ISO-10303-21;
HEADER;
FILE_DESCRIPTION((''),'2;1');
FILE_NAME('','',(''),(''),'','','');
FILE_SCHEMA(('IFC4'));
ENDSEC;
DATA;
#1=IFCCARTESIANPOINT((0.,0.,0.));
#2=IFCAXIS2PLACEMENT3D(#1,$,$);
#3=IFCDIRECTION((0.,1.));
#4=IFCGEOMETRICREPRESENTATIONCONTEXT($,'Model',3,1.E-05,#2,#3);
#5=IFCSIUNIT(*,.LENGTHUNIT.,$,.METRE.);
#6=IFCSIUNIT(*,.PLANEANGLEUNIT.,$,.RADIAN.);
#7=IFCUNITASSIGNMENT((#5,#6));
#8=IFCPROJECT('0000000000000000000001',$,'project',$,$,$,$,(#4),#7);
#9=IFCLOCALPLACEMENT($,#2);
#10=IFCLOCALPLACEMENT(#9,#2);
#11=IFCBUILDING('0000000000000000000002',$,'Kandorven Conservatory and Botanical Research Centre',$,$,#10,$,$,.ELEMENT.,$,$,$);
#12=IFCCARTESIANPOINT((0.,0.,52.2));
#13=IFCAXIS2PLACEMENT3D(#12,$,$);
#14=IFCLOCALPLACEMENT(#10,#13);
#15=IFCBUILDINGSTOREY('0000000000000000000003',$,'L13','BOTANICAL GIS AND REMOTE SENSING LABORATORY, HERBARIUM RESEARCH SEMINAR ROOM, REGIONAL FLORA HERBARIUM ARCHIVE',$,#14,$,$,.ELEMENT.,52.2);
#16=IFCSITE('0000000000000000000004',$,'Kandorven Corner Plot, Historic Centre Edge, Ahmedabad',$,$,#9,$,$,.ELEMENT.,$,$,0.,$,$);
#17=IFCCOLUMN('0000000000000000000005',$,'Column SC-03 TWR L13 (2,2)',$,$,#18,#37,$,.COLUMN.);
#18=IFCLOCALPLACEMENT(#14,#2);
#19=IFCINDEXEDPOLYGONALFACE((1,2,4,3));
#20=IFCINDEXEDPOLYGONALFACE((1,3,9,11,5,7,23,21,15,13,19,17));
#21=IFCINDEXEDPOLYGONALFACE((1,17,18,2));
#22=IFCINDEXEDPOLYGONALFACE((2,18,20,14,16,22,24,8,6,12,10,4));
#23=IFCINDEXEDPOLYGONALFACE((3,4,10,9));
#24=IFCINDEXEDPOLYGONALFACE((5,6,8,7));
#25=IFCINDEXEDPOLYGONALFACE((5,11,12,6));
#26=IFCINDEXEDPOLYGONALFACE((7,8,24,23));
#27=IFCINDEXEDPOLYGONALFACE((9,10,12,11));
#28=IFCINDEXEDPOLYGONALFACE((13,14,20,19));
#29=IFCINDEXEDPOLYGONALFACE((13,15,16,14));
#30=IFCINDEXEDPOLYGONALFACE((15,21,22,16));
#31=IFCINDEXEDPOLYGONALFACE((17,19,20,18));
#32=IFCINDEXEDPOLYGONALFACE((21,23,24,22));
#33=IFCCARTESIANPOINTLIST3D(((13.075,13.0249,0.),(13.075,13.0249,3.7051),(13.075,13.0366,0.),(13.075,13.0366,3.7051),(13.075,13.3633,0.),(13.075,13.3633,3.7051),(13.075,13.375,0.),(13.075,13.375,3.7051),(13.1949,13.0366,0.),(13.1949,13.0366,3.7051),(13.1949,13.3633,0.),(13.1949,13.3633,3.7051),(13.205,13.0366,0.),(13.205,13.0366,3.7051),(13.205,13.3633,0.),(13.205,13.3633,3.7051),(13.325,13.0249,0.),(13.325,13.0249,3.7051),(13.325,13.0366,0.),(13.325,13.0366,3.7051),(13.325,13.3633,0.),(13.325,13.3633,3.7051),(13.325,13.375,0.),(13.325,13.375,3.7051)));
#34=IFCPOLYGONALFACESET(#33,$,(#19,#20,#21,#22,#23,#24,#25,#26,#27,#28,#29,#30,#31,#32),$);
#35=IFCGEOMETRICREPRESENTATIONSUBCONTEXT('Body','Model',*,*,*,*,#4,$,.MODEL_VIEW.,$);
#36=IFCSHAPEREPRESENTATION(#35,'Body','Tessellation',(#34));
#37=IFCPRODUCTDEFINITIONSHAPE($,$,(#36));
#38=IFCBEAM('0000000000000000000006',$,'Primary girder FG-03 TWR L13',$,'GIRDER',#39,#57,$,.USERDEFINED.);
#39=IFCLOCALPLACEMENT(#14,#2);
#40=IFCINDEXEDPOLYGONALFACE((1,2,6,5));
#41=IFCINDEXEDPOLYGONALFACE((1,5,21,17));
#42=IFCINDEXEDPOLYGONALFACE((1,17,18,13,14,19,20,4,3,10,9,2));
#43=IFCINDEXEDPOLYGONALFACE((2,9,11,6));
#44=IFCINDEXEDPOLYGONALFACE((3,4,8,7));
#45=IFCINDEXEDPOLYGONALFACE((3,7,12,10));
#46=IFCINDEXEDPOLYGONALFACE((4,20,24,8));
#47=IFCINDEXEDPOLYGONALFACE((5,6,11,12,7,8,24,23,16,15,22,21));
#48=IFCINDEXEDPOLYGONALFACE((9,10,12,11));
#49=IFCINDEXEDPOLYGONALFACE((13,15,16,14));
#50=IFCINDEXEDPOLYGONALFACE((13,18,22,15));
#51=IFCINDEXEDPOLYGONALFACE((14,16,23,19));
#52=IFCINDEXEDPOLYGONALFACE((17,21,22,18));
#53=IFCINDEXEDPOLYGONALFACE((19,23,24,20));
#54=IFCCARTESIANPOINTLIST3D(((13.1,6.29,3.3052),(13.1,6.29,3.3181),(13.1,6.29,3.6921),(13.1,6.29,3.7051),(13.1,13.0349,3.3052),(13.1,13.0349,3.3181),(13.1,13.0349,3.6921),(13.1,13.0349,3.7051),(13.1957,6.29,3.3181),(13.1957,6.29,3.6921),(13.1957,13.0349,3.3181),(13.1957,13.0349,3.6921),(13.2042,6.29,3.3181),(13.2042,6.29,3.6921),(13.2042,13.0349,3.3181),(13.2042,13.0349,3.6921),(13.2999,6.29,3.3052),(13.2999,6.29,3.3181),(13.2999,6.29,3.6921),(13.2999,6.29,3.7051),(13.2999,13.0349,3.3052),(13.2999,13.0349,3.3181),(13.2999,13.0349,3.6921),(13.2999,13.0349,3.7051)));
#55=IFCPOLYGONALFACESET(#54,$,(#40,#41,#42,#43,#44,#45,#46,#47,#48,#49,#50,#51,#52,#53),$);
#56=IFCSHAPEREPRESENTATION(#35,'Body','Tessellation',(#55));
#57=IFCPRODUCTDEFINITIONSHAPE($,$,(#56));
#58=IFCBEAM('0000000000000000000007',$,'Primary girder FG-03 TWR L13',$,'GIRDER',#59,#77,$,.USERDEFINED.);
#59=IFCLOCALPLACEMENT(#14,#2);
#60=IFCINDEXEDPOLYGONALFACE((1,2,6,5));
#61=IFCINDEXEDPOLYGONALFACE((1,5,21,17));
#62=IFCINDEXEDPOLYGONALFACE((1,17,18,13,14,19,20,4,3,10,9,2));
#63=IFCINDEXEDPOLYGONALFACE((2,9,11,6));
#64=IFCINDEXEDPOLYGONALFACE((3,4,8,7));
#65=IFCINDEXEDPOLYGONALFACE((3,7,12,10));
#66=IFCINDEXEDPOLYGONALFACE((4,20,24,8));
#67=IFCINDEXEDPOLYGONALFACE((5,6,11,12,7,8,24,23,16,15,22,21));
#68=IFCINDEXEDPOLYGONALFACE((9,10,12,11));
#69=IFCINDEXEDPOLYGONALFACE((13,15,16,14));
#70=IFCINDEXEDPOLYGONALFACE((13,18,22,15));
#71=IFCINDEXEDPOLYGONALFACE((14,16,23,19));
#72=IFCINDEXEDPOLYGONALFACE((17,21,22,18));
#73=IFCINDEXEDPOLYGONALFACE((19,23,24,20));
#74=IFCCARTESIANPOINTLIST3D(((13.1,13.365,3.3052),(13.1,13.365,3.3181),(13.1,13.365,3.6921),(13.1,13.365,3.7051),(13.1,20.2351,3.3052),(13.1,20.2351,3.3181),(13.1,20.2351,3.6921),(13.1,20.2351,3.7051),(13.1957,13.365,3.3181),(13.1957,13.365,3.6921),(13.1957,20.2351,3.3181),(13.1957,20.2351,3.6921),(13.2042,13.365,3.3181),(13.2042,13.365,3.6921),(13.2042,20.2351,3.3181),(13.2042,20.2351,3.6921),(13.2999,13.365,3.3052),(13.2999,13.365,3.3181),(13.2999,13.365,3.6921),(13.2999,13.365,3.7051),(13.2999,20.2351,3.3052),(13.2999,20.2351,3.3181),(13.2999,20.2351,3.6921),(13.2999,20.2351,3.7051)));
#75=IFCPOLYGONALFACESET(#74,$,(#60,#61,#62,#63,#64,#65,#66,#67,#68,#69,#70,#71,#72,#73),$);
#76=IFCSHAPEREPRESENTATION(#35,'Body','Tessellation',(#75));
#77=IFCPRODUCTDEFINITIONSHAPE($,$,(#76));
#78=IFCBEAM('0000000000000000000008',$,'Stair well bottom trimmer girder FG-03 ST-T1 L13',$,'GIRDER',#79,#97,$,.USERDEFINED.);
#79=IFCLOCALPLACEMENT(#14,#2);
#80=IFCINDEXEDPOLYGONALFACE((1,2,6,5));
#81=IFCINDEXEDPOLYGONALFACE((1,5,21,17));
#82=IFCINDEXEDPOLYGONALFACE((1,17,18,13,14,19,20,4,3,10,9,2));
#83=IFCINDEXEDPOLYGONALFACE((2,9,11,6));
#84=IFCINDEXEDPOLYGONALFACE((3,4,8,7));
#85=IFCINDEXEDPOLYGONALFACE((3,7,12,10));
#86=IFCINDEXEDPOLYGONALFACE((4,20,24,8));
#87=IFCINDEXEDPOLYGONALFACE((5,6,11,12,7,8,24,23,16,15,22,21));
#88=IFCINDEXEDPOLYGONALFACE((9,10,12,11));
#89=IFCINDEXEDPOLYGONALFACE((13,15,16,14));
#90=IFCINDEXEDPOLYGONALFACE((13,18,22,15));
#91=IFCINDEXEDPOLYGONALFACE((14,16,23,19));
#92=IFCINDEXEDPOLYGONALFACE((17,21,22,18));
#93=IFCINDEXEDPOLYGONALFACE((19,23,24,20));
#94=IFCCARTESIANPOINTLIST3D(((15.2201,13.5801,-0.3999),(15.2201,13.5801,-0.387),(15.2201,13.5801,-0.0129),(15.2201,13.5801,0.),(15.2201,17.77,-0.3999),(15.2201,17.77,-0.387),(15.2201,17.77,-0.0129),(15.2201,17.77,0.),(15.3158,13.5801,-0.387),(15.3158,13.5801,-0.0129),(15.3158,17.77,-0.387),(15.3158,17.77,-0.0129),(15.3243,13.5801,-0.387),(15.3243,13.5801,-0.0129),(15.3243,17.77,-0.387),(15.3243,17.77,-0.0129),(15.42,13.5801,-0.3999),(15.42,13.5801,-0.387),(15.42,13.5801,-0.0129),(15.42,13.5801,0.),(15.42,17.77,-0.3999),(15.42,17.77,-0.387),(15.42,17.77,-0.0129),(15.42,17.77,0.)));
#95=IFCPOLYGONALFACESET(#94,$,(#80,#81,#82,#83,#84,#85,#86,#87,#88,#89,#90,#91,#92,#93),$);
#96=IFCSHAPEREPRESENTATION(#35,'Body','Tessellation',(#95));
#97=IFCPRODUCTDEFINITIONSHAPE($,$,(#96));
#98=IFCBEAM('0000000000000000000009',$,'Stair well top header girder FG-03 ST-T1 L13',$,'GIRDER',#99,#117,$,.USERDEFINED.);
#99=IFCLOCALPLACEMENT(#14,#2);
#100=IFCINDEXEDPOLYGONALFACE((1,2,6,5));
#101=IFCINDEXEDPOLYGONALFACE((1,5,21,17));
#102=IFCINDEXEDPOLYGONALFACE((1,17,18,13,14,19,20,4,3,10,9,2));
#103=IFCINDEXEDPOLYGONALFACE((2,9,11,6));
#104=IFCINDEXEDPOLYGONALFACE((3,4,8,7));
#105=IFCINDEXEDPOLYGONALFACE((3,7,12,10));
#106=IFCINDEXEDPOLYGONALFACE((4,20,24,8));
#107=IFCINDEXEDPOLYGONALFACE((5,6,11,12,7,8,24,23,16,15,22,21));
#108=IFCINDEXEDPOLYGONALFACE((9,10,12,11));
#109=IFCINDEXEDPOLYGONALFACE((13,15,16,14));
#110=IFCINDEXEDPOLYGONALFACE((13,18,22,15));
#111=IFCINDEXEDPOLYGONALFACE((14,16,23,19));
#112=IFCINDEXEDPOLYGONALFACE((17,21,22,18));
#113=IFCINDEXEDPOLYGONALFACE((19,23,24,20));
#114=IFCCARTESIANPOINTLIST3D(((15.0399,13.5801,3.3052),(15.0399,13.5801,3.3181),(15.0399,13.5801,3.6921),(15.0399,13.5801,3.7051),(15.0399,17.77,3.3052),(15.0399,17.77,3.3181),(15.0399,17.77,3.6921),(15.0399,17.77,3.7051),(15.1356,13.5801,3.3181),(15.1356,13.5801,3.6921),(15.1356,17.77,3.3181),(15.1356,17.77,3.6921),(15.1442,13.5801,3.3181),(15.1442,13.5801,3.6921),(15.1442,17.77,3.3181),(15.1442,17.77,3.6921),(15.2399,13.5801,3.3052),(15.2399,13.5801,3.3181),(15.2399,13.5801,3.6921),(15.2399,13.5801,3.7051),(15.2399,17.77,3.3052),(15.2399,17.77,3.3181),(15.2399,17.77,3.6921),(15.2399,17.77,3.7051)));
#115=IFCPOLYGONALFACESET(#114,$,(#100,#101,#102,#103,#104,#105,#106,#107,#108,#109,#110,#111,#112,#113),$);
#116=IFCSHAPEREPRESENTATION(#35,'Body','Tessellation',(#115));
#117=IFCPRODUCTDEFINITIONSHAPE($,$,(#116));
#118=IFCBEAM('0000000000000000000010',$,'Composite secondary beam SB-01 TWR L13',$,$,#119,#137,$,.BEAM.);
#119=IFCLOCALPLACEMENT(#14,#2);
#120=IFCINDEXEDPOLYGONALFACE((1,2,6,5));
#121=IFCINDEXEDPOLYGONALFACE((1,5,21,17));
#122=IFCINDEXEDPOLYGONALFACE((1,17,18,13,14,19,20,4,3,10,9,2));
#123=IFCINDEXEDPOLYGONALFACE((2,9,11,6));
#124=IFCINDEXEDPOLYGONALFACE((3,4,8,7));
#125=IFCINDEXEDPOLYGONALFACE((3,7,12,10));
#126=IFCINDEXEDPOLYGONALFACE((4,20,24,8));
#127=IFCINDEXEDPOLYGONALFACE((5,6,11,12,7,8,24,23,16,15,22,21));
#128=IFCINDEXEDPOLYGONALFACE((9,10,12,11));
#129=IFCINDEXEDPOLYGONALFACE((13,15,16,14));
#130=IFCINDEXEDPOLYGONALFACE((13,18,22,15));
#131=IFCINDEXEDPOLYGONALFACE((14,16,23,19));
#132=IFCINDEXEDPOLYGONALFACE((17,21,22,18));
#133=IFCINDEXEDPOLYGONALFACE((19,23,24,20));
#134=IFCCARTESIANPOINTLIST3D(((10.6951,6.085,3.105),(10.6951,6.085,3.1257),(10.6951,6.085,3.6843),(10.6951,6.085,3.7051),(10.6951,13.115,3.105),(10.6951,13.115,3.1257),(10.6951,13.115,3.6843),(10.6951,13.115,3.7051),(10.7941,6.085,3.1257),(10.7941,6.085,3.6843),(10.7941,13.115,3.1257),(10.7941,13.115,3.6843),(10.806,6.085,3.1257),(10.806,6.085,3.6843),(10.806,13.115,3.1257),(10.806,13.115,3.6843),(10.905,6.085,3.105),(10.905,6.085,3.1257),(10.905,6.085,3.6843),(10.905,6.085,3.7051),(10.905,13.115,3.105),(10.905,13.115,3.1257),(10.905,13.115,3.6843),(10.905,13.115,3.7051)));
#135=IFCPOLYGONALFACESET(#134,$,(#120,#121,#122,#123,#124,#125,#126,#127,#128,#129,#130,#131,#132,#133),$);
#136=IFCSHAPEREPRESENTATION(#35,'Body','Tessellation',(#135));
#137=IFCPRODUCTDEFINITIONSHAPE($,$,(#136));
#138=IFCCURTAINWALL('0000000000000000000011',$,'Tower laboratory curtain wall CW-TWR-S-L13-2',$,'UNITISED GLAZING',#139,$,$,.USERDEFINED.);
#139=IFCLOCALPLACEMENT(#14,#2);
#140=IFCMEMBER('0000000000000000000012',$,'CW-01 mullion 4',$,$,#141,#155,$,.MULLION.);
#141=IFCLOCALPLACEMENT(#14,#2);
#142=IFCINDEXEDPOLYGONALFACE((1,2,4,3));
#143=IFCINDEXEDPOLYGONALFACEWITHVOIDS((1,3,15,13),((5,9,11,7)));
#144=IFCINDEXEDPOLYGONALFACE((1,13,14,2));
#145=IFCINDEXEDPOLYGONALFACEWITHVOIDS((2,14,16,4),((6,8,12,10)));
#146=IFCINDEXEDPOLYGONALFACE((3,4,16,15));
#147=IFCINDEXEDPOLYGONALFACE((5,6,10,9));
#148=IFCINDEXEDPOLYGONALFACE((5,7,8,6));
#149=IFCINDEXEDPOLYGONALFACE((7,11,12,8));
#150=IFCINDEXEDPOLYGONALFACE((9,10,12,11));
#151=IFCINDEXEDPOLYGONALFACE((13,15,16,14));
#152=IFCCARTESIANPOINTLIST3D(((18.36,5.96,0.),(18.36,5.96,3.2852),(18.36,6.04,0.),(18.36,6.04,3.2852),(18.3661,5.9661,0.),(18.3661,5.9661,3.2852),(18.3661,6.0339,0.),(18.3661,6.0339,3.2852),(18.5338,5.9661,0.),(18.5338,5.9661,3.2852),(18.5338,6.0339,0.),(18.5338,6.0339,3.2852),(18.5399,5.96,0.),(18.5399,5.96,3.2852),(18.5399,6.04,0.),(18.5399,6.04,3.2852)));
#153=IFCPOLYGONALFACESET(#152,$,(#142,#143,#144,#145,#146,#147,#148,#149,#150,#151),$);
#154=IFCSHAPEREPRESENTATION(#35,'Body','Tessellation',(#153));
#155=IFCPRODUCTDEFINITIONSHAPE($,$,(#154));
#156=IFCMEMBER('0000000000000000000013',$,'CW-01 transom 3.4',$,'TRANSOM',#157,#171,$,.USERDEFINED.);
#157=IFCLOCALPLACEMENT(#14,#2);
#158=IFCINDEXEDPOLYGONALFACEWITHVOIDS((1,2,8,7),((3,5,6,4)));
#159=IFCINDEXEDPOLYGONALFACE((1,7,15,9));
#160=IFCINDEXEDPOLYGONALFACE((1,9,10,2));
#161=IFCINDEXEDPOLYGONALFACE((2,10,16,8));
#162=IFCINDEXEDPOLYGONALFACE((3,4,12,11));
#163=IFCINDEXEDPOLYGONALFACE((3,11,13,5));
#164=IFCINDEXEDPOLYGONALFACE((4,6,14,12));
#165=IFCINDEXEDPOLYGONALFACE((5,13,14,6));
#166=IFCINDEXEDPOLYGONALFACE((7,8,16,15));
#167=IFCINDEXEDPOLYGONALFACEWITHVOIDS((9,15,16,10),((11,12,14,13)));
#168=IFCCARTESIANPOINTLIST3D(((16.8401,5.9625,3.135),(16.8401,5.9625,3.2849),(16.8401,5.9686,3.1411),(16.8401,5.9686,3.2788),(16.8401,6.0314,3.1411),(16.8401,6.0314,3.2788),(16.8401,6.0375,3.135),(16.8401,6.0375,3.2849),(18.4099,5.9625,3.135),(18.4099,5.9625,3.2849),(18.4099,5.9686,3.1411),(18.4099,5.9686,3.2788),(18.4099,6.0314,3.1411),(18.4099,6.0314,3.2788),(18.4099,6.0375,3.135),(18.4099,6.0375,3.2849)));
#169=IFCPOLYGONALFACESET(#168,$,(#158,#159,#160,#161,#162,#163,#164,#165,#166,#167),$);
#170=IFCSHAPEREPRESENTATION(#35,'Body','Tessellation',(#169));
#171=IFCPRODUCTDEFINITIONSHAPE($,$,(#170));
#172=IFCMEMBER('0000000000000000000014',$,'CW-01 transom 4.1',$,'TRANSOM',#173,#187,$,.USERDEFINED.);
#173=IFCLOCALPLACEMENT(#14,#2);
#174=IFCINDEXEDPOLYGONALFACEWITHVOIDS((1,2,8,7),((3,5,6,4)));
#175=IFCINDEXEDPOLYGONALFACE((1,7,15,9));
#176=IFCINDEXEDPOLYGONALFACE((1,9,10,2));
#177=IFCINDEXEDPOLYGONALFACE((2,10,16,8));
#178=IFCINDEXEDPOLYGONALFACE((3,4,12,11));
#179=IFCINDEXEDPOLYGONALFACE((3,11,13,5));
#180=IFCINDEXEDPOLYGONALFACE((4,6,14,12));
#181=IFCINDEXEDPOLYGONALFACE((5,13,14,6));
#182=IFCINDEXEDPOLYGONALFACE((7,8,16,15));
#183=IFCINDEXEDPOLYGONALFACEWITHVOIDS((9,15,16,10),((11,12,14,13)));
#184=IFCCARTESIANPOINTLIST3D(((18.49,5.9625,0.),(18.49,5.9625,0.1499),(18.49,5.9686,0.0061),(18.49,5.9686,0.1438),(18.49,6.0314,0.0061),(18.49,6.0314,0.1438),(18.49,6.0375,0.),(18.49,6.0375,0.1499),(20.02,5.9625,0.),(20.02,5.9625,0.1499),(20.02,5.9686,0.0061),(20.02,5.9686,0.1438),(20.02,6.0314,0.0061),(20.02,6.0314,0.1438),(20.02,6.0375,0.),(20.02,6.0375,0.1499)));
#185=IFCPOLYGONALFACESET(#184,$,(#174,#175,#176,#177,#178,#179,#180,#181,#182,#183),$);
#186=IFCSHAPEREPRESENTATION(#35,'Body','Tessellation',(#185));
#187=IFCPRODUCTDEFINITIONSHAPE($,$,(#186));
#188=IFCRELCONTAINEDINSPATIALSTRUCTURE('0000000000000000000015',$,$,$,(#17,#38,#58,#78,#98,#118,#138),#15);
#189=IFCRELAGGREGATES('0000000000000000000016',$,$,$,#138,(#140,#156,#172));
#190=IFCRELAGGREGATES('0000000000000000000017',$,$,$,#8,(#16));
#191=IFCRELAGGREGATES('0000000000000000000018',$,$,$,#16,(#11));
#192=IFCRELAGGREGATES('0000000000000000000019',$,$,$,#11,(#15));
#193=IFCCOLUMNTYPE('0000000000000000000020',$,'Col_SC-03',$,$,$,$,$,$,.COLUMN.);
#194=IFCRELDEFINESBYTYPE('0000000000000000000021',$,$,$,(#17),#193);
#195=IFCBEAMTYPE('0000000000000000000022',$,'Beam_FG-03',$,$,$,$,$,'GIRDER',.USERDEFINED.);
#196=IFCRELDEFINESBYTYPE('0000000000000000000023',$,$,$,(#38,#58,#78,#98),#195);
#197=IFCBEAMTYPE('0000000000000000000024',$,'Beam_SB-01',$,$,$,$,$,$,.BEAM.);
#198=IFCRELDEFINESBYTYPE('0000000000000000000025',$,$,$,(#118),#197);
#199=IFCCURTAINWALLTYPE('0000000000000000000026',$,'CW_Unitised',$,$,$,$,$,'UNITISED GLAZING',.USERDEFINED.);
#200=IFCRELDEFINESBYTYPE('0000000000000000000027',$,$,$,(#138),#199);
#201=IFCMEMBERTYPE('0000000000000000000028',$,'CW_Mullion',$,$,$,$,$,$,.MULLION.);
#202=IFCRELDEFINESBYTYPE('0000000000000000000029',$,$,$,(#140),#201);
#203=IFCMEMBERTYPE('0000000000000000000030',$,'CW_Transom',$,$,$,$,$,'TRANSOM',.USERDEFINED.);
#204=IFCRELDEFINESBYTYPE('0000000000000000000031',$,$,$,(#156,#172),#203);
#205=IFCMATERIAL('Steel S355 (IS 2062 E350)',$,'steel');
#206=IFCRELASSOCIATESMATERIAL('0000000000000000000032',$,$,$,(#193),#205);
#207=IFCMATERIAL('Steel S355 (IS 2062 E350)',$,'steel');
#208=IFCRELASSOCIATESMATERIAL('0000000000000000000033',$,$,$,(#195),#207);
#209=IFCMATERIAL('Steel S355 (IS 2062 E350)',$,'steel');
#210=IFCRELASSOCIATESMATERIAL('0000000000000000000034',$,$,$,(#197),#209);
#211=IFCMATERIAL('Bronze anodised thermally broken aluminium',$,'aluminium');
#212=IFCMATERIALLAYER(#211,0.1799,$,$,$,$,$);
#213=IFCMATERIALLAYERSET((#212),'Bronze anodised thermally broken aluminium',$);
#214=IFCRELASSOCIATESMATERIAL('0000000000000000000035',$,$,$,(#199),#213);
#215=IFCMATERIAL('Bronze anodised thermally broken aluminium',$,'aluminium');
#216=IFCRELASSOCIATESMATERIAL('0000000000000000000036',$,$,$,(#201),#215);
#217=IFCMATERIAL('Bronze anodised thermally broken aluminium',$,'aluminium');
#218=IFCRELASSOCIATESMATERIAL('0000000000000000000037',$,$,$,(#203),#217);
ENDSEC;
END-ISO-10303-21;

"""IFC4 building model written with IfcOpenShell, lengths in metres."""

from ifc_helpers import new_model, si_unit, direction, frame, origin, origin_2d, place, context, subcontext, project, spatial, hollow_rectangle, i_section, extrude, material, layer, layer_set, material_profile, profile_set, type_object, element, aggregate, save


model = new_model("IFC4")

# Units and contexts
model_context = context("Model", 3, precision=1e-05, world=origin(), true_north=direction((0.0, 1.0)))
body_context = subcontext(model_context, "Body", "Model", "MODEL_VIEW")
ifc_project = project(units=[si_unit("LENGTHUNIT", "METRE"), si_unit("PLANEANGLEUNIT", "RADIAN")], contexts=[model_context])

# Site, building, storey
site_placement = place(None, origin())
site = spatial("IfcSite", under=ifc_project, at=site_placement, Name="Kandorven Corner Plot, Historic Centre Edge, Ahmedabad", CompositionType="ELEMENT", RefElevation=0.0)
building_placement = place(site_placement, origin())
building = spatial("IfcBuilding", under=site, at=building_placement, Name="Kandorven Conservatory and Botanical Research Centre", CompositionType="ELEMENT")
storey_placement = place(building_placement, frame((0.0, 0.0, 52.2)))
storey = spatial("IfcBuildingStorey", under=building, at=storey_placement, Name="L13", Description="BOTANICAL GIS AND REMOTE SENSING LABORATORY, HERBARIUM RESEARCH SEMINAR ROOM, REGIONAL FLORA HERBARIUM ARCHIVE", CompositionType="ELEMENT", Elevation=52.2)

# Column
ifc_material_1 = material(Name="Steel S355 (IS 2062 E350)", Category="steel")
ifc_material_profile_1 = material_profile(ifc_material_1, i_section(OverallWidth=0.25, OverallDepth=0.3501, WebThickness=0.01, FlangeThickness=0.0117, at=origin_2d()))
ifc_profile_set_1 = profile_set([ifc_material_profile_1], Name="Steel S355 (IS 2062 E350)")
column_type = type_object("IfcColumnType", Name="Col_SC-03", PredefinedType="COLUMN", material=ifc_profile_set_1)
column_placement = place(storey_placement, frame((13.2, 13.2, 0.0), z_axis=(0.0, 0.0, 1.0), x_axis=(1.0, 0.0, 0.0)))
element("IfcColumn", 1, at=column_placement, inside=storey, type_object=column_type, Name="Column SC-03 TWR L13 (2,2)", PredefinedType="COLUMN", context=body_context, shape_type="SweptSolid", body=[
    extrude(i_section(OverallWidth=0.25, OverallDepth=0.3501, WebThickness=0.01, FlangeThickness=0.0117, at=origin_2d()), origin(), (0.0, 0.0, 1.0), 3.7051),
])

# Beams
ifc_material_2 = material(Name="Steel S355 (IS 2062 E350)", Category="steel")
ifc_material_profile_2 = material_profile(ifc_material_2, i_section(OverallWidth=0.2, OverallDepth=0.3999, WebThickness=0.0085, FlangeThickness=0.0129, at=origin_2d()))
ifc_profile_set_2 = profile_set([ifc_material_profile_2], Name="Steel S355 (IS 2062 E350)")
beam_type_1 = type_object("IfcBeamType", Name="Beam_FG-03", ElementType="GIRDER", PredefinedType="USERDEFINED", material=ifc_profile_set_2)
beam_1_placement = place(storey_placement, frame((13.2, 6.29, 3.5051), z_axis=(0.0, 1.0, 0.0), x_axis=(-1.0, 0.0, 0.0)))
element("IfcBeam", 2, at=beam_1_placement, inside=storey, type_object=beam_type_1, Name="Primary girder FG-03 TWR L13", ObjectType="GIRDER", PredefinedType="USERDEFINED", context=body_context, shape_type="SweptSolid", body=[
    extrude(i_section(OverallWidth=0.2, OverallDepth=0.3999, WebThickness=0.0085, FlangeThickness=0.0129, at=origin_2d()), origin(), (0.0, 0.0, 1.0), 6.7449),
])
beam_2_placement = place(storey_placement, frame((13.2, 13.365, 3.5051), z_axis=(0.0, 1.0, 0.0), x_axis=(-1.0, 0.0, 0.0)))
element("IfcBeam", 3, at=beam_2_placement, inside=storey, type_object=beam_type_1, Name="Primary girder FG-03 TWR L13", ObjectType="GIRDER", PredefinedType="USERDEFINED", context=body_context, shape_type="SweptSolid", body=[
    extrude(i_section(OverallWidth=0.2, OverallDepth=0.3999, WebThickness=0.0085, FlangeThickness=0.0129, at=origin_2d()), origin(), (0.0, 0.0, 1.0), 6.8701),
])
for number, where, z_axis, x_axis, name in (
    (4, (15.3201, 13.5801, -0.2), (0.0, 1.0, 0.0), (-1.0, 0.0, 0.0), "Stair well bottom trimmer girder FG-03 ST-T1 L13"),
    (5, (15.1399, 13.5801, 3.5051), (0.0, 1.0, 0.0), (-1.0, 0.0, 0.0), "Stair well top header girder FG-03 ST-T1 L13"),
):
    element("IfcBeam", number, at=place(storey_placement, frame(where, z_axis=z_axis, x_axis=x_axis)), inside=storey, type_object=beam_type_1, Name=name, ObjectType="GIRDER", PredefinedType="USERDEFINED", context=body_context, shape_type="SweptSolid", body=[
        extrude(i_section(OverallWidth=0.2, OverallDepth=0.3999, WebThickness=0.0085, FlangeThickness=0.0129, at=origin_2d()), origin(), (0.0, 0.0, 1.0), 4.1899),
    ])
ifc_material_3 = material(Name="Steel S355 (IS 2062 E350)", Category="steel")
ifc_material_profile_3 = material_profile(ifc_material_3, i_section(OverallWidth=0.21, OverallDepth=0.6001, WebThickness=0.012, FlangeThickness=0.0208, at=origin_2d()))
ifc_profile_set_3 = profile_set([ifc_material_profile_3], Name="Steel S355 (IS 2062 E350)")
beam_type_2 = type_object("IfcBeamType", Name="Beam_SB-01", PredefinedType="BEAM", material=ifc_profile_set_3)
beam_3_placement = place(storey_placement, frame((10.8, 6.085, 3.405), z_axis=(0.0, 1.0, 0.0), x_axis=(-1.0, 0.0, 0.0)))
element("IfcBeam", 6, at=beam_3_placement, inside=storey, type_object=beam_type_2, Name="Composite secondary beam SB-01 TWR L13", PredefinedType="BEAM", context=body_context, shape_type="SweptSolid", body=[
    extrude(i_section(OverallWidth=0.21, OverallDepth=0.6001, WebThickness=0.012, FlangeThickness=0.0208, at=origin_2d()), origin(), (0.0, 0.0, 1.0), 7.03),
])

# Curtain wall, members
ifc_material_4 = material(Name="Bronze anodised thermally broken aluminium", Category="aluminium")
ifc_layer_1 = layer(ifc_material_4, 0.1799)
ifc_layer_set_1 = layer_set([ifc_layer_1], Name="Bronze anodised thermally broken aluminium")
curtain_wall_type = type_object("IfcCurtainWallType", Name="CW_Unitised", ElementType="UNITISED GLAZING", PredefinedType="USERDEFINED", material=ifc_layer_set_1)
curtain_wall_placement = place(storey_placement, origin())
curtain_wall = element("IfcCurtainWall", 7, at=curtain_wall_placement, inside=storey, type_object=curtain_wall_type, Name="Tower laboratory curtain wall CW-TWR-S-L13-2", ObjectType="UNITISED GLAZING", PredefinedType="USERDEFINED")
ifc_material_5 = material(Name="Bronze anodised thermally broken aluminium", Category="aluminium")
ifc_material_profile_4 = material_profile(ifc_material_5, hollow_rectangle(XDim=0.0801, YDim=0.1799, WallThickness=0.0061, at=origin_2d()))
ifc_profile_set_4 = profile_set([ifc_material_profile_4], Name="Bronze anodised thermally broken aluminium")
member_type_1 = type_object("IfcMemberType", Name="CW_Mullion", PredefinedType="MULLION", material=ifc_profile_set_4)
member_1_placement = place(storey_placement, frame((18.45, 6.0, 0.0), z_axis=(0.0, 0.0, 1.0), x_axis=(0.0, 1.0, 0.0)))
member_1 = element("IfcMember", 8, at=member_1_placement, type_object=member_type_1, Name="CW-01 mullion 4", PredefinedType="MULLION", context=body_context, shape_type="SweptSolid", body=[
    extrude(hollow_rectangle(XDim=0.0801, YDim=0.1799, WallThickness=0.0061, at=origin_2d()), origin(), (0.0, 0.0, 1.0), 3.2852),
])
ifc_material_6 = material(Name="Bronze anodised thermally broken aluminium", Category="aluminium")
ifc_material_profile_5 = material_profile(ifc_material_6, hollow_rectangle(XDim=0.075, YDim=0.1499, WallThickness=0.0061, at=origin_2d()))
ifc_profile_set_5 = profile_set([ifc_material_profile_5], Name="Bronze anodised thermally broken aluminium")
member_type_2 = type_object("IfcMemberType", Name="CW_Transom", ElementType="TRANSOM", PredefinedType="USERDEFINED", material=ifc_profile_set_5)
member_2_placement = place(storey_placement, frame((16.8401, 6.0, 3.21), z_axis=(1.0, 0.0, 0.0), x_axis=(0.0, 1.0, 0.0)))
member_2 = element("IfcMember", 9, at=member_2_placement, type_object=member_type_2, Name="CW-01 transom 3.4", ObjectType="TRANSOM", PredefinedType="USERDEFINED", context=body_context, shape_type="SweptSolid", body=[
    extrude(hollow_rectangle(XDim=0.075, YDim=0.1499, WallThickness=0.0061, at=origin_2d()), origin(), (0.0, 0.0, 1.0), 1.5698),
])
member_3_placement = place(storey_placement, frame((18.49, 6.0, 0.075), z_axis=(1.0, 0.0, 0.0), x_axis=(0.0, 1.0, 0.0)))
member_3 = element("IfcMember", 10, at=member_3_placement, type_object=member_type_2, Name="CW-01 transom 4.1", ObjectType="TRANSOM", PredefinedType="USERDEFINED", context=body_context, shape_type="SweptSolid", body=[
    extrude(hollow_rectangle(XDim=0.075, YDim=0.1499, WallThickness=0.0061, at=origin_2d()), origin(), (0.0, 0.0, 1.0), 1.53),
])
aggregate(curtain_wall, [member_1, member_2, member_3])

save(model, "model.ifc")
